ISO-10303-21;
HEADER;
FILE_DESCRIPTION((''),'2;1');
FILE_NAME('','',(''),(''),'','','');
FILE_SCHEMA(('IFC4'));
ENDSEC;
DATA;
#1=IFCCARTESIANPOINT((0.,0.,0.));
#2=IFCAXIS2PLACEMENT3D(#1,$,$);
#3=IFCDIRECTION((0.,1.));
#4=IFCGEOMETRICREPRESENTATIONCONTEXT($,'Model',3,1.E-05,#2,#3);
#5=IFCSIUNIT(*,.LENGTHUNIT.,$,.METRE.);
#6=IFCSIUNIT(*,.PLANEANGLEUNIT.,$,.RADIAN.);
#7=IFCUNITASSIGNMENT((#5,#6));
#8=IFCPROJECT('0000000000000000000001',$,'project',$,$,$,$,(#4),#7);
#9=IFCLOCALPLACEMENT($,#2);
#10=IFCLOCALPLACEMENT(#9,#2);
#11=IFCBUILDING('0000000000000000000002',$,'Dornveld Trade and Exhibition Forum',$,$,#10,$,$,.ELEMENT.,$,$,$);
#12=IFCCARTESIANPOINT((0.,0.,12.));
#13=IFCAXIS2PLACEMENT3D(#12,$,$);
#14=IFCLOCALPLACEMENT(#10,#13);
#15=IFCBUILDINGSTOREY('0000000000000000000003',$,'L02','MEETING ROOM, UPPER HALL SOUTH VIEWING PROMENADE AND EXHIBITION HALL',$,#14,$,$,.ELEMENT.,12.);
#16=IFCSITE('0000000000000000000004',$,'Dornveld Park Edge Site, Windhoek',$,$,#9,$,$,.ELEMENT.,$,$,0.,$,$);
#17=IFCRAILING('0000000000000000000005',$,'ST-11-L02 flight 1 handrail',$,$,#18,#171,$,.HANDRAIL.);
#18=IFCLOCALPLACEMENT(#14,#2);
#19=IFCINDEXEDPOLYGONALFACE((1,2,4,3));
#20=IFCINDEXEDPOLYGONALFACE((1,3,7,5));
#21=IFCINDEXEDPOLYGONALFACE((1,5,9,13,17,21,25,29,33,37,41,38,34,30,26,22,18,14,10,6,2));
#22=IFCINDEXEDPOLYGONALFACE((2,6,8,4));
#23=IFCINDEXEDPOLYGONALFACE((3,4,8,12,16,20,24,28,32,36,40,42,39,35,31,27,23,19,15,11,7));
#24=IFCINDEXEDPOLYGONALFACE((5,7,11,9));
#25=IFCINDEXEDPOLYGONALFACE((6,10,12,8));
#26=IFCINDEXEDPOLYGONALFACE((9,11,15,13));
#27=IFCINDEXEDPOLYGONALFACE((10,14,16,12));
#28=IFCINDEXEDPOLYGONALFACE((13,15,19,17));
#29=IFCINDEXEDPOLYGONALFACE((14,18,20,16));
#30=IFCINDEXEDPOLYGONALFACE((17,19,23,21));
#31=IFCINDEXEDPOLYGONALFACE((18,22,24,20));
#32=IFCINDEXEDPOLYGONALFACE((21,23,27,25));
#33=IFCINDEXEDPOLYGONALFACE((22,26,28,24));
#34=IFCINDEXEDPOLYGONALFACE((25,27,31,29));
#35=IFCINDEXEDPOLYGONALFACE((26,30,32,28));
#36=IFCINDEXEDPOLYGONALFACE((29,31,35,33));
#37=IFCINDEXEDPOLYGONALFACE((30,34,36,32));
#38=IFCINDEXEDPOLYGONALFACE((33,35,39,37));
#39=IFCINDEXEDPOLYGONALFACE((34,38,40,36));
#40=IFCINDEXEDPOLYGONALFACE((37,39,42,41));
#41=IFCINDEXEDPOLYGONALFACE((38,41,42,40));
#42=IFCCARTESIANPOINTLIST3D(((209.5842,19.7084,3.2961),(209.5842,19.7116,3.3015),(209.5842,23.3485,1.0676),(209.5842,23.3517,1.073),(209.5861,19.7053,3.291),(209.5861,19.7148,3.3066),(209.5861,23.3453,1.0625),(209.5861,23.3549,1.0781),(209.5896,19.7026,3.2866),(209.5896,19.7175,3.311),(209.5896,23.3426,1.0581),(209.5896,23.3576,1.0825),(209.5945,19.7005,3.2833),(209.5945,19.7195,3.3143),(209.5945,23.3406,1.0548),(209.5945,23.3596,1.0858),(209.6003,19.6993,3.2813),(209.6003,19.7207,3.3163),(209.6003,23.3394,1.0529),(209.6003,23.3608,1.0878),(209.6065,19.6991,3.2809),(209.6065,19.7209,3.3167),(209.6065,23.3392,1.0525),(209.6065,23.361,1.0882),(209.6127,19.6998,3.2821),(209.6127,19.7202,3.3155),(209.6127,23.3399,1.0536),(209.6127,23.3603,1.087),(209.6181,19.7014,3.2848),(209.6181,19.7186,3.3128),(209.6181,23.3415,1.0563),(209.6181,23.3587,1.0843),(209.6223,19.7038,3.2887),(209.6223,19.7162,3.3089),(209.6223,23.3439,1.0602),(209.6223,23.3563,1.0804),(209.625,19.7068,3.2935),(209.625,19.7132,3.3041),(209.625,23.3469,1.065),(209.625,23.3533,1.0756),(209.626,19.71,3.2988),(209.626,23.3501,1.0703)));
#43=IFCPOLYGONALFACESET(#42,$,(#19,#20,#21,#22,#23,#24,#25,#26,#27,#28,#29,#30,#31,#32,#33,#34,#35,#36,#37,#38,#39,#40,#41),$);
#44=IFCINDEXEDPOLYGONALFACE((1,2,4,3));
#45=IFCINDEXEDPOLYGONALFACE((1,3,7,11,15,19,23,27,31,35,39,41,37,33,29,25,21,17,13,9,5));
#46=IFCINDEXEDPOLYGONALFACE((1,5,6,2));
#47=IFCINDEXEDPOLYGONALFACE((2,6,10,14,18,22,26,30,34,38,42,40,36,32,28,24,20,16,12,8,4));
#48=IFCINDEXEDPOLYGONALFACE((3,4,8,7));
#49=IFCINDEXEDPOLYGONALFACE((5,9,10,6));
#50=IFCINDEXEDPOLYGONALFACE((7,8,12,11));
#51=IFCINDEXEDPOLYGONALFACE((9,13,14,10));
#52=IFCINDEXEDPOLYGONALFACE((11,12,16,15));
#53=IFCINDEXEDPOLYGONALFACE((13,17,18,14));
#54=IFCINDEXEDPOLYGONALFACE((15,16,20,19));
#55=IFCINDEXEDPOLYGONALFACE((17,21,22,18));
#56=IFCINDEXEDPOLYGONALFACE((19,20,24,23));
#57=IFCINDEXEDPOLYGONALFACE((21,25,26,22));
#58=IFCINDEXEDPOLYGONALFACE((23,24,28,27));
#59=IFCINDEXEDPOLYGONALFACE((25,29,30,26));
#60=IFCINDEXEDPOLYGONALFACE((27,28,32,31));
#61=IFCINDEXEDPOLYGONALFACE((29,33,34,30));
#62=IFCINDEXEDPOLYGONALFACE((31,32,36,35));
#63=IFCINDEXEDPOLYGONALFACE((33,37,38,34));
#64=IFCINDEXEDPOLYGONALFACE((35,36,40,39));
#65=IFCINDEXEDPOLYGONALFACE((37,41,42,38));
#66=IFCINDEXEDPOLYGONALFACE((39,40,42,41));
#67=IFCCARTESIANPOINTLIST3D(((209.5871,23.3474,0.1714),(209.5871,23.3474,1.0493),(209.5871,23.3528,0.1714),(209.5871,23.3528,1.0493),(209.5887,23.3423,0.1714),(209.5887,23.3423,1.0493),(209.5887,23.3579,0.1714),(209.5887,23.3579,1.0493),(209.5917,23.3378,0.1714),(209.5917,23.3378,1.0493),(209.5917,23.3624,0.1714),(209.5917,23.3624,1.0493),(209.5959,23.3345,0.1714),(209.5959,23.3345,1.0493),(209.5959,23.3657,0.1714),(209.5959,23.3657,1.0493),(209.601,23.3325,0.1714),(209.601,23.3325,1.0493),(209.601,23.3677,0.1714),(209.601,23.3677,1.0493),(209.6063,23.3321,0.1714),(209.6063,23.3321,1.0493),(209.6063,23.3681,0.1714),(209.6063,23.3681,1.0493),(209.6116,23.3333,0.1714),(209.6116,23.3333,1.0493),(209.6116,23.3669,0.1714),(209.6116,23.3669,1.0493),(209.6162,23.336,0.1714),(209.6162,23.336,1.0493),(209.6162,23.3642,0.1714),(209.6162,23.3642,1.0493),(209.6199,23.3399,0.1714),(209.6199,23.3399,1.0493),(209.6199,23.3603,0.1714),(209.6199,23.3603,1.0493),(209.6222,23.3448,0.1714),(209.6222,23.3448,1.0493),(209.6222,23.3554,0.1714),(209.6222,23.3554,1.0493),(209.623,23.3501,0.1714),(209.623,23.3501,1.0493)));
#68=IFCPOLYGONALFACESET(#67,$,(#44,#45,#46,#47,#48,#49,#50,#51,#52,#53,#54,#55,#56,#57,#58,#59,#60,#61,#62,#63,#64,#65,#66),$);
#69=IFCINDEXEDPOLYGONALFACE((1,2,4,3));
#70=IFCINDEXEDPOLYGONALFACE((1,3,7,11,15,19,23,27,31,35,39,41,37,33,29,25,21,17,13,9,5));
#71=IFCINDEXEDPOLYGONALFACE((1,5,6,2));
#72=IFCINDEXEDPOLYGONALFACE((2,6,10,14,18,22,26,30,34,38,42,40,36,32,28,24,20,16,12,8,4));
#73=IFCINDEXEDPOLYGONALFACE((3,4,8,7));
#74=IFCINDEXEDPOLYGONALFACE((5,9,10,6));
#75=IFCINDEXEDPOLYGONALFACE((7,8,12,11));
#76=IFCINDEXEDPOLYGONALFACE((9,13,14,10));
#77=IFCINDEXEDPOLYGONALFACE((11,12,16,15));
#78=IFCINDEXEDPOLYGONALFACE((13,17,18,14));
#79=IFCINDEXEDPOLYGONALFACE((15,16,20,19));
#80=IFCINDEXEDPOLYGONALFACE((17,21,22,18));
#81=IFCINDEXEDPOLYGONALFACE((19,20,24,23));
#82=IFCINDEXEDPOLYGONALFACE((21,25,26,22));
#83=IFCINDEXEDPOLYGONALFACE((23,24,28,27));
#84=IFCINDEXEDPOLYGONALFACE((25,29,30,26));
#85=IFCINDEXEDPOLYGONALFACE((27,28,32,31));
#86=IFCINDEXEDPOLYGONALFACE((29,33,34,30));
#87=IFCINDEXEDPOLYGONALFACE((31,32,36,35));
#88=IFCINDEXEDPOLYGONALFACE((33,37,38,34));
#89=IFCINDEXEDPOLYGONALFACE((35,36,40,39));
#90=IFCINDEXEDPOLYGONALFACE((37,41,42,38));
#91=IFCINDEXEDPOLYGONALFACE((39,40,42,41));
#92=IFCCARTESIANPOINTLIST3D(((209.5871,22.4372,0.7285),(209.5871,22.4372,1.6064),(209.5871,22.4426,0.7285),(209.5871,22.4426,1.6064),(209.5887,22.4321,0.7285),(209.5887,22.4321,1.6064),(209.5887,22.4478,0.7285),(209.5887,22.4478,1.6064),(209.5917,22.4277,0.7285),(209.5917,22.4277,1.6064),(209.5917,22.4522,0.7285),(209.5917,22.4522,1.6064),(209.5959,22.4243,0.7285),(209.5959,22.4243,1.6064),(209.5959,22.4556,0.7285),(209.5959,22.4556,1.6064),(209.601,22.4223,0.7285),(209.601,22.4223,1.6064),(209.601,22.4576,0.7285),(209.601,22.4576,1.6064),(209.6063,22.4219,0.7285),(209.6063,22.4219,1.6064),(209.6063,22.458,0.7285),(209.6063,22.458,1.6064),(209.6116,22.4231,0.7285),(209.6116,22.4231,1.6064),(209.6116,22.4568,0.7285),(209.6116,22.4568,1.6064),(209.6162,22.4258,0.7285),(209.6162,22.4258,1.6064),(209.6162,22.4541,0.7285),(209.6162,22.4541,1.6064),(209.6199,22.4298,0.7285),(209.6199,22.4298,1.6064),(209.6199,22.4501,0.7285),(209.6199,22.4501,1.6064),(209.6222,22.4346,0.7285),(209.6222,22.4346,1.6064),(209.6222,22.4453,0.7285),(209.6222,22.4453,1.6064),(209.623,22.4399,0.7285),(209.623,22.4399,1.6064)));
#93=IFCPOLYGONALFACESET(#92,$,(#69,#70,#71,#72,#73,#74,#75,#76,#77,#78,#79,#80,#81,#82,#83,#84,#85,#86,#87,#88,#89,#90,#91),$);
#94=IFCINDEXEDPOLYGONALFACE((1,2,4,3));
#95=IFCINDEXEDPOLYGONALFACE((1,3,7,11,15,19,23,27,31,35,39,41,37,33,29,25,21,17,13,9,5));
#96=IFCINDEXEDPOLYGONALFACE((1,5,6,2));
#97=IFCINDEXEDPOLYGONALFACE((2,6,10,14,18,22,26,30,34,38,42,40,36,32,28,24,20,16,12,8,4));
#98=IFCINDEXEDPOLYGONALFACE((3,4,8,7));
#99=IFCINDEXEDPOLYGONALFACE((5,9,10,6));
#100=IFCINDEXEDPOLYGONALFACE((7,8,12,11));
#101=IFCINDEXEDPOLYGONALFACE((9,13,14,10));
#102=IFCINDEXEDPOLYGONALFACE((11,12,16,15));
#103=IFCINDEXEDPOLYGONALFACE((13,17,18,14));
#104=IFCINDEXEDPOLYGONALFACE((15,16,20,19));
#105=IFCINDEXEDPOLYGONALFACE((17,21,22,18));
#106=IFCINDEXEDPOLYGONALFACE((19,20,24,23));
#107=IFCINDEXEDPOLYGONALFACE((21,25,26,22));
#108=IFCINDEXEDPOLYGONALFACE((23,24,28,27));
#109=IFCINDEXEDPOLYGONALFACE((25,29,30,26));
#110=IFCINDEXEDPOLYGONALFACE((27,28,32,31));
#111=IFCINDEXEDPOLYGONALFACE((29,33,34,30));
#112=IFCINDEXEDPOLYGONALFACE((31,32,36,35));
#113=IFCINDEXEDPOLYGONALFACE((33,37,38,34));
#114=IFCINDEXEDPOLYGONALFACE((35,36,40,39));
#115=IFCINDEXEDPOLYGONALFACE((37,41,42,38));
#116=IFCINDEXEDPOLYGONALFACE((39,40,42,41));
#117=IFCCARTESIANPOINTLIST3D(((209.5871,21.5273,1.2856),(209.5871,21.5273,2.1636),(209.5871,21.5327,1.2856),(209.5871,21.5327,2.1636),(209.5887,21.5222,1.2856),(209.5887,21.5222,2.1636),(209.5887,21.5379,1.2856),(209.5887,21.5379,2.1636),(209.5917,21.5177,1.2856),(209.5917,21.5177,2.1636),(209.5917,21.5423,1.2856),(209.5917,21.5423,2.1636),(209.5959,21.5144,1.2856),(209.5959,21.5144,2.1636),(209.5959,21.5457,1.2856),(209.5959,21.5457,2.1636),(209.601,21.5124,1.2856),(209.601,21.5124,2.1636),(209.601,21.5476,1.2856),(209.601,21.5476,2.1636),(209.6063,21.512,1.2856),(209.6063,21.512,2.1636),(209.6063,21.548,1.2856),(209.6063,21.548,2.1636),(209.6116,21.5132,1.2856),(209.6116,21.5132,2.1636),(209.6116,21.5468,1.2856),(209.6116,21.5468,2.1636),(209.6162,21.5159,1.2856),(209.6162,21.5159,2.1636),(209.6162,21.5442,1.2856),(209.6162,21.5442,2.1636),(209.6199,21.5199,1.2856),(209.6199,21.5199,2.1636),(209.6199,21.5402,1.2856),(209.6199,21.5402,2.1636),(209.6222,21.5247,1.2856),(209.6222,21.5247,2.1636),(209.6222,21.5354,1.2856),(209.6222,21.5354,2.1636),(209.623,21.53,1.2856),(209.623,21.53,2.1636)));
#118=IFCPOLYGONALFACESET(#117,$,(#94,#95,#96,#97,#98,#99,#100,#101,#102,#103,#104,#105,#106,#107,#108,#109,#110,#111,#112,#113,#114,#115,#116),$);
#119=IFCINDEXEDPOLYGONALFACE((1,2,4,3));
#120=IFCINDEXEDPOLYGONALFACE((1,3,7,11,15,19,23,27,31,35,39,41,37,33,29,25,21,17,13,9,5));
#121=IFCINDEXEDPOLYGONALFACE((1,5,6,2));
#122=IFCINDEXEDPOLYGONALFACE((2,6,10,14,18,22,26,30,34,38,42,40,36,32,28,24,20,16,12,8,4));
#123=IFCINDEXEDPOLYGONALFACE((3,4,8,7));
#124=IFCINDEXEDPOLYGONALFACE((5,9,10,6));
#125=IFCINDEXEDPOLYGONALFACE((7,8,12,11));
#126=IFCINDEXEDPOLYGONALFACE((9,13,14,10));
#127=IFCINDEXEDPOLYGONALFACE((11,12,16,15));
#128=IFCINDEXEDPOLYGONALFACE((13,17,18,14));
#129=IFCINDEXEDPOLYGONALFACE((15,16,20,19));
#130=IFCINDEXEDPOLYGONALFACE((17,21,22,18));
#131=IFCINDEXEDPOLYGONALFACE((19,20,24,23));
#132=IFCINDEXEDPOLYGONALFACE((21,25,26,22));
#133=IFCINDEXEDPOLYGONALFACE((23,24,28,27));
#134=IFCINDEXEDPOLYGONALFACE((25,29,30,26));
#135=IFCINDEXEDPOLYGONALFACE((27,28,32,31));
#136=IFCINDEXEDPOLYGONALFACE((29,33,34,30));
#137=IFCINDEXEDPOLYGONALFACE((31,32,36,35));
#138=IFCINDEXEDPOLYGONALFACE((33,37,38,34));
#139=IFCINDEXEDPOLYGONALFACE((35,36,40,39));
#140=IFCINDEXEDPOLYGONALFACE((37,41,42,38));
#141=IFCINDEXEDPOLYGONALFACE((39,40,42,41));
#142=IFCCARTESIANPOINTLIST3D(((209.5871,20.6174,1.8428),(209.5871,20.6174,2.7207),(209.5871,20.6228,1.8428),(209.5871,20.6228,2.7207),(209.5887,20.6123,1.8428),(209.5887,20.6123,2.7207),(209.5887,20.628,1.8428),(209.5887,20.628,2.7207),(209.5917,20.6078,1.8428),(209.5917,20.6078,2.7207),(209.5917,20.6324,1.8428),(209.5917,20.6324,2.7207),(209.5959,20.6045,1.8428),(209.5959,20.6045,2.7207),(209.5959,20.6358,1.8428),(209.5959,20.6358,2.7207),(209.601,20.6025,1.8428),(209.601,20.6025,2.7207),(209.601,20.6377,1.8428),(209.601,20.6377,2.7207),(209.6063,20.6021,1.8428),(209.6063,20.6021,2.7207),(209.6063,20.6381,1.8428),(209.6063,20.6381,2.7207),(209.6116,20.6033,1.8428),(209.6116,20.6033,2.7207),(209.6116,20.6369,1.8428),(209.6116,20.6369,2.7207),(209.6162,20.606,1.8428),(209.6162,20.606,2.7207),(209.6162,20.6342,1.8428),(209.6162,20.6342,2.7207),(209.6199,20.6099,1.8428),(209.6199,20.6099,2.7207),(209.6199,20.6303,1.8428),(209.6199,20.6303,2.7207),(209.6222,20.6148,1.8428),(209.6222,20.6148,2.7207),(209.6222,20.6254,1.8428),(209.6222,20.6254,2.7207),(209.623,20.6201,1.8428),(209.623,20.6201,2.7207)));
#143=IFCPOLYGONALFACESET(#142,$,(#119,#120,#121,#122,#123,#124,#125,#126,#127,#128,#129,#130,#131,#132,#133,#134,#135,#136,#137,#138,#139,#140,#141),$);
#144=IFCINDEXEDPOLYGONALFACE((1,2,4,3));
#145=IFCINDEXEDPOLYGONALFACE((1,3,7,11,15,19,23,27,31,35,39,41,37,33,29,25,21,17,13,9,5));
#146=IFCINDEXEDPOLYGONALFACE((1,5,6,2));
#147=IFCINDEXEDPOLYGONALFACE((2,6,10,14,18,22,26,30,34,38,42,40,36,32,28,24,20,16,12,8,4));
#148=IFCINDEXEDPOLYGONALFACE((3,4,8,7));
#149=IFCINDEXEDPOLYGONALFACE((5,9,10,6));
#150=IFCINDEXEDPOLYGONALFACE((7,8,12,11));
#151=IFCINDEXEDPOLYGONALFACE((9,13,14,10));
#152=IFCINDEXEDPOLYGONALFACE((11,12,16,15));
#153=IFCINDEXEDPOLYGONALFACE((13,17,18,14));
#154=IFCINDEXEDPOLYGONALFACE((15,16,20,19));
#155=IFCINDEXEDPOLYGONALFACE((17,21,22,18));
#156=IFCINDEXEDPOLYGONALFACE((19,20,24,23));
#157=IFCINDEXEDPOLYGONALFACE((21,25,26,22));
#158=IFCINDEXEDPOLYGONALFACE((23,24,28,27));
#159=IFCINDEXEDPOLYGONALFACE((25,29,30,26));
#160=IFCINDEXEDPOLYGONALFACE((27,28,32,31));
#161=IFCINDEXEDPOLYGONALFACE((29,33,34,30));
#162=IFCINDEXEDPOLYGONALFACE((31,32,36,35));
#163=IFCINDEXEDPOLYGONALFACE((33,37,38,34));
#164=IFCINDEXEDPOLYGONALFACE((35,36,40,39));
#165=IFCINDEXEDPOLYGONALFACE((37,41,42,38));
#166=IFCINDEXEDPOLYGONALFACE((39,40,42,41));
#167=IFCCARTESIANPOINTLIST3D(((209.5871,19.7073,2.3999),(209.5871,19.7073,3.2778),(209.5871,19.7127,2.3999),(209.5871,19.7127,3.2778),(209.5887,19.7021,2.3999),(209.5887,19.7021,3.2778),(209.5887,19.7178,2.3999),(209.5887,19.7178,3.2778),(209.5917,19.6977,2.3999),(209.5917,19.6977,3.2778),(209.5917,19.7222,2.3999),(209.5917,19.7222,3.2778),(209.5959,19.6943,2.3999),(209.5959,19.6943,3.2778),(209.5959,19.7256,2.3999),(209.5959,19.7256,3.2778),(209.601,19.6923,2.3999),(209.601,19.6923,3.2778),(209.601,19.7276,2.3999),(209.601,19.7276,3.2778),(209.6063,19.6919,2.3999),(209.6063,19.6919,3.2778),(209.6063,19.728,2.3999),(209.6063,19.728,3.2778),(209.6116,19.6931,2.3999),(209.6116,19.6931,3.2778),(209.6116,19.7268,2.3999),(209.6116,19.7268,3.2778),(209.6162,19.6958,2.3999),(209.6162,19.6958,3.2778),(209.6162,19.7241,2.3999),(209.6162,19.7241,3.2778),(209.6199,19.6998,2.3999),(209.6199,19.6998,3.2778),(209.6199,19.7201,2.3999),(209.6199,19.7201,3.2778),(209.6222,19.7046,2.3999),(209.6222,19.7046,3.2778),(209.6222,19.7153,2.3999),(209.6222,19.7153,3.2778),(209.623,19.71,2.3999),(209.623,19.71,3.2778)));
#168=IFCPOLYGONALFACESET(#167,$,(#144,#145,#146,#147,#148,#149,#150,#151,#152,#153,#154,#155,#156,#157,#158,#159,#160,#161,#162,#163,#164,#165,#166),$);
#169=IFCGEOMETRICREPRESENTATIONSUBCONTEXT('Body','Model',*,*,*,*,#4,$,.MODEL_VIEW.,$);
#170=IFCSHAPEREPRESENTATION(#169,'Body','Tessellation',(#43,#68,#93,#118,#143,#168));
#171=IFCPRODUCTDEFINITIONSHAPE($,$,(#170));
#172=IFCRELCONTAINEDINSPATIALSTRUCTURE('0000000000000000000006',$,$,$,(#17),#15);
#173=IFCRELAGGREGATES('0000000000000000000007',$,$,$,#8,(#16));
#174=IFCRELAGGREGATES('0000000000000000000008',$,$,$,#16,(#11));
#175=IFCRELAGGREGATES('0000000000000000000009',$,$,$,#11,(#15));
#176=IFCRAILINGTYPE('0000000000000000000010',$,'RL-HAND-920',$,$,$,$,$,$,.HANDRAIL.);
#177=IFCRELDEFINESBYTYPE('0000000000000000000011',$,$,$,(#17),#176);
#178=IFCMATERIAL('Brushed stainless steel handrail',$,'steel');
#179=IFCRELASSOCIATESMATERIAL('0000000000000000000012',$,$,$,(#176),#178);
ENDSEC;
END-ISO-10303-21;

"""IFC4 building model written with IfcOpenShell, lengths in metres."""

from ifc_helpers import new_model, si_unit, direction, frame, origin, origin_2d, place, context, subcontext, project, spatial, circle, extrude, material, type_object, element, save


model = new_model("IFC4")

# Units and contexts
model_context = context("Model", 3, precision=1e-05, world=origin(), true_north=direction((0.0, 1.0)))
body_context = subcontext(model_context, "Body", "Model", "MODEL_VIEW")
ifc_project = project(units=[si_unit("LENGTHUNIT", "METRE"), si_unit("PLANEANGLEUNIT", "RADIAN")], contexts=[model_context])

# Site, building, storey
site_placement = place(None, origin())
site = spatial("IfcSite", under=ifc_project, at=site_placement, Name="Dornveld Park Edge Site, Windhoek", CompositionType="ELEMENT", RefElevation=0.0)
building_placement = place(site_placement, origin())
building = spatial("IfcBuilding", under=site, at=building_placement, Name="Dornveld Trade and Exhibition Forum", CompositionType="ELEMENT")
storey_placement = place(building_placement, frame((0.0, 0.0, 12.0)))
storey = spatial("IfcBuildingStorey", under=building, at=storey_placement, Name="L02", Description="MEETING ROOM, UPPER HALL SOUTH VIEWING PROMENADE AND EXHIBITION HALL", CompositionType="ELEMENT", Elevation=12.0)

# Railing
ifc_material_1 = material(Name="Brushed stainless steel handrail", Category="steel")
railing_type_1 = type_object("IfcRailingType", Name="RL-HAND-920", PredefinedType="HANDRAIL", material=ifc_material_1)
railing_1_placement = place(storey_placement, frame((209.605, 23.3501, 0.1714)))
element("IfcRailing", 1, at=railing_1_placement, inside=storey, type_object=railing_type_1, Name="ST-11-L02 flight 1 handrail", PredefinedType="HANDRAIL", context=body_context, shape_type="SweptSolid", body=[
    extrude(circle(Radius=0.021, at=origin_2d()), frame((0.0, 0.0, 0.8989), z_axis=(0.0, -0.852866, 0.52213), x_axis=(1.0, 0.0, 0.0)), (0.0, 0.0, 1.0), 4.2681),
    extrude(circle(Radius=0.0181, at=origin_2d()), origin(), (0.0, 0.0, 1.0), 0.8779),
    extrude(circle(Radius=0.0181, at=origin_2d()), frame((0.0, -0.9102, 0.5571)), (0.0, 0.0, 1.0), 0.8779),
    extrude(circle(Radius=0.0181, at=origin_2d()), frame((0.0, -1.8201, 1.1143)), (0.0, 0.0, 1.0), 0.8779),
    extrude(circle(Radius=0.0181, at=origin_2d()), frame((0.0, -2.73, 1.6714)), (0.0, 0.0, 1.0), 0.8779),
    extrude(circle(Radius=0.0181, at=origin_2d()), frame((0.0, -3.6401, 2.2285)), (0.0, 0.0, 1.0), 0.8779),
])

save(model, "model.ifc")
